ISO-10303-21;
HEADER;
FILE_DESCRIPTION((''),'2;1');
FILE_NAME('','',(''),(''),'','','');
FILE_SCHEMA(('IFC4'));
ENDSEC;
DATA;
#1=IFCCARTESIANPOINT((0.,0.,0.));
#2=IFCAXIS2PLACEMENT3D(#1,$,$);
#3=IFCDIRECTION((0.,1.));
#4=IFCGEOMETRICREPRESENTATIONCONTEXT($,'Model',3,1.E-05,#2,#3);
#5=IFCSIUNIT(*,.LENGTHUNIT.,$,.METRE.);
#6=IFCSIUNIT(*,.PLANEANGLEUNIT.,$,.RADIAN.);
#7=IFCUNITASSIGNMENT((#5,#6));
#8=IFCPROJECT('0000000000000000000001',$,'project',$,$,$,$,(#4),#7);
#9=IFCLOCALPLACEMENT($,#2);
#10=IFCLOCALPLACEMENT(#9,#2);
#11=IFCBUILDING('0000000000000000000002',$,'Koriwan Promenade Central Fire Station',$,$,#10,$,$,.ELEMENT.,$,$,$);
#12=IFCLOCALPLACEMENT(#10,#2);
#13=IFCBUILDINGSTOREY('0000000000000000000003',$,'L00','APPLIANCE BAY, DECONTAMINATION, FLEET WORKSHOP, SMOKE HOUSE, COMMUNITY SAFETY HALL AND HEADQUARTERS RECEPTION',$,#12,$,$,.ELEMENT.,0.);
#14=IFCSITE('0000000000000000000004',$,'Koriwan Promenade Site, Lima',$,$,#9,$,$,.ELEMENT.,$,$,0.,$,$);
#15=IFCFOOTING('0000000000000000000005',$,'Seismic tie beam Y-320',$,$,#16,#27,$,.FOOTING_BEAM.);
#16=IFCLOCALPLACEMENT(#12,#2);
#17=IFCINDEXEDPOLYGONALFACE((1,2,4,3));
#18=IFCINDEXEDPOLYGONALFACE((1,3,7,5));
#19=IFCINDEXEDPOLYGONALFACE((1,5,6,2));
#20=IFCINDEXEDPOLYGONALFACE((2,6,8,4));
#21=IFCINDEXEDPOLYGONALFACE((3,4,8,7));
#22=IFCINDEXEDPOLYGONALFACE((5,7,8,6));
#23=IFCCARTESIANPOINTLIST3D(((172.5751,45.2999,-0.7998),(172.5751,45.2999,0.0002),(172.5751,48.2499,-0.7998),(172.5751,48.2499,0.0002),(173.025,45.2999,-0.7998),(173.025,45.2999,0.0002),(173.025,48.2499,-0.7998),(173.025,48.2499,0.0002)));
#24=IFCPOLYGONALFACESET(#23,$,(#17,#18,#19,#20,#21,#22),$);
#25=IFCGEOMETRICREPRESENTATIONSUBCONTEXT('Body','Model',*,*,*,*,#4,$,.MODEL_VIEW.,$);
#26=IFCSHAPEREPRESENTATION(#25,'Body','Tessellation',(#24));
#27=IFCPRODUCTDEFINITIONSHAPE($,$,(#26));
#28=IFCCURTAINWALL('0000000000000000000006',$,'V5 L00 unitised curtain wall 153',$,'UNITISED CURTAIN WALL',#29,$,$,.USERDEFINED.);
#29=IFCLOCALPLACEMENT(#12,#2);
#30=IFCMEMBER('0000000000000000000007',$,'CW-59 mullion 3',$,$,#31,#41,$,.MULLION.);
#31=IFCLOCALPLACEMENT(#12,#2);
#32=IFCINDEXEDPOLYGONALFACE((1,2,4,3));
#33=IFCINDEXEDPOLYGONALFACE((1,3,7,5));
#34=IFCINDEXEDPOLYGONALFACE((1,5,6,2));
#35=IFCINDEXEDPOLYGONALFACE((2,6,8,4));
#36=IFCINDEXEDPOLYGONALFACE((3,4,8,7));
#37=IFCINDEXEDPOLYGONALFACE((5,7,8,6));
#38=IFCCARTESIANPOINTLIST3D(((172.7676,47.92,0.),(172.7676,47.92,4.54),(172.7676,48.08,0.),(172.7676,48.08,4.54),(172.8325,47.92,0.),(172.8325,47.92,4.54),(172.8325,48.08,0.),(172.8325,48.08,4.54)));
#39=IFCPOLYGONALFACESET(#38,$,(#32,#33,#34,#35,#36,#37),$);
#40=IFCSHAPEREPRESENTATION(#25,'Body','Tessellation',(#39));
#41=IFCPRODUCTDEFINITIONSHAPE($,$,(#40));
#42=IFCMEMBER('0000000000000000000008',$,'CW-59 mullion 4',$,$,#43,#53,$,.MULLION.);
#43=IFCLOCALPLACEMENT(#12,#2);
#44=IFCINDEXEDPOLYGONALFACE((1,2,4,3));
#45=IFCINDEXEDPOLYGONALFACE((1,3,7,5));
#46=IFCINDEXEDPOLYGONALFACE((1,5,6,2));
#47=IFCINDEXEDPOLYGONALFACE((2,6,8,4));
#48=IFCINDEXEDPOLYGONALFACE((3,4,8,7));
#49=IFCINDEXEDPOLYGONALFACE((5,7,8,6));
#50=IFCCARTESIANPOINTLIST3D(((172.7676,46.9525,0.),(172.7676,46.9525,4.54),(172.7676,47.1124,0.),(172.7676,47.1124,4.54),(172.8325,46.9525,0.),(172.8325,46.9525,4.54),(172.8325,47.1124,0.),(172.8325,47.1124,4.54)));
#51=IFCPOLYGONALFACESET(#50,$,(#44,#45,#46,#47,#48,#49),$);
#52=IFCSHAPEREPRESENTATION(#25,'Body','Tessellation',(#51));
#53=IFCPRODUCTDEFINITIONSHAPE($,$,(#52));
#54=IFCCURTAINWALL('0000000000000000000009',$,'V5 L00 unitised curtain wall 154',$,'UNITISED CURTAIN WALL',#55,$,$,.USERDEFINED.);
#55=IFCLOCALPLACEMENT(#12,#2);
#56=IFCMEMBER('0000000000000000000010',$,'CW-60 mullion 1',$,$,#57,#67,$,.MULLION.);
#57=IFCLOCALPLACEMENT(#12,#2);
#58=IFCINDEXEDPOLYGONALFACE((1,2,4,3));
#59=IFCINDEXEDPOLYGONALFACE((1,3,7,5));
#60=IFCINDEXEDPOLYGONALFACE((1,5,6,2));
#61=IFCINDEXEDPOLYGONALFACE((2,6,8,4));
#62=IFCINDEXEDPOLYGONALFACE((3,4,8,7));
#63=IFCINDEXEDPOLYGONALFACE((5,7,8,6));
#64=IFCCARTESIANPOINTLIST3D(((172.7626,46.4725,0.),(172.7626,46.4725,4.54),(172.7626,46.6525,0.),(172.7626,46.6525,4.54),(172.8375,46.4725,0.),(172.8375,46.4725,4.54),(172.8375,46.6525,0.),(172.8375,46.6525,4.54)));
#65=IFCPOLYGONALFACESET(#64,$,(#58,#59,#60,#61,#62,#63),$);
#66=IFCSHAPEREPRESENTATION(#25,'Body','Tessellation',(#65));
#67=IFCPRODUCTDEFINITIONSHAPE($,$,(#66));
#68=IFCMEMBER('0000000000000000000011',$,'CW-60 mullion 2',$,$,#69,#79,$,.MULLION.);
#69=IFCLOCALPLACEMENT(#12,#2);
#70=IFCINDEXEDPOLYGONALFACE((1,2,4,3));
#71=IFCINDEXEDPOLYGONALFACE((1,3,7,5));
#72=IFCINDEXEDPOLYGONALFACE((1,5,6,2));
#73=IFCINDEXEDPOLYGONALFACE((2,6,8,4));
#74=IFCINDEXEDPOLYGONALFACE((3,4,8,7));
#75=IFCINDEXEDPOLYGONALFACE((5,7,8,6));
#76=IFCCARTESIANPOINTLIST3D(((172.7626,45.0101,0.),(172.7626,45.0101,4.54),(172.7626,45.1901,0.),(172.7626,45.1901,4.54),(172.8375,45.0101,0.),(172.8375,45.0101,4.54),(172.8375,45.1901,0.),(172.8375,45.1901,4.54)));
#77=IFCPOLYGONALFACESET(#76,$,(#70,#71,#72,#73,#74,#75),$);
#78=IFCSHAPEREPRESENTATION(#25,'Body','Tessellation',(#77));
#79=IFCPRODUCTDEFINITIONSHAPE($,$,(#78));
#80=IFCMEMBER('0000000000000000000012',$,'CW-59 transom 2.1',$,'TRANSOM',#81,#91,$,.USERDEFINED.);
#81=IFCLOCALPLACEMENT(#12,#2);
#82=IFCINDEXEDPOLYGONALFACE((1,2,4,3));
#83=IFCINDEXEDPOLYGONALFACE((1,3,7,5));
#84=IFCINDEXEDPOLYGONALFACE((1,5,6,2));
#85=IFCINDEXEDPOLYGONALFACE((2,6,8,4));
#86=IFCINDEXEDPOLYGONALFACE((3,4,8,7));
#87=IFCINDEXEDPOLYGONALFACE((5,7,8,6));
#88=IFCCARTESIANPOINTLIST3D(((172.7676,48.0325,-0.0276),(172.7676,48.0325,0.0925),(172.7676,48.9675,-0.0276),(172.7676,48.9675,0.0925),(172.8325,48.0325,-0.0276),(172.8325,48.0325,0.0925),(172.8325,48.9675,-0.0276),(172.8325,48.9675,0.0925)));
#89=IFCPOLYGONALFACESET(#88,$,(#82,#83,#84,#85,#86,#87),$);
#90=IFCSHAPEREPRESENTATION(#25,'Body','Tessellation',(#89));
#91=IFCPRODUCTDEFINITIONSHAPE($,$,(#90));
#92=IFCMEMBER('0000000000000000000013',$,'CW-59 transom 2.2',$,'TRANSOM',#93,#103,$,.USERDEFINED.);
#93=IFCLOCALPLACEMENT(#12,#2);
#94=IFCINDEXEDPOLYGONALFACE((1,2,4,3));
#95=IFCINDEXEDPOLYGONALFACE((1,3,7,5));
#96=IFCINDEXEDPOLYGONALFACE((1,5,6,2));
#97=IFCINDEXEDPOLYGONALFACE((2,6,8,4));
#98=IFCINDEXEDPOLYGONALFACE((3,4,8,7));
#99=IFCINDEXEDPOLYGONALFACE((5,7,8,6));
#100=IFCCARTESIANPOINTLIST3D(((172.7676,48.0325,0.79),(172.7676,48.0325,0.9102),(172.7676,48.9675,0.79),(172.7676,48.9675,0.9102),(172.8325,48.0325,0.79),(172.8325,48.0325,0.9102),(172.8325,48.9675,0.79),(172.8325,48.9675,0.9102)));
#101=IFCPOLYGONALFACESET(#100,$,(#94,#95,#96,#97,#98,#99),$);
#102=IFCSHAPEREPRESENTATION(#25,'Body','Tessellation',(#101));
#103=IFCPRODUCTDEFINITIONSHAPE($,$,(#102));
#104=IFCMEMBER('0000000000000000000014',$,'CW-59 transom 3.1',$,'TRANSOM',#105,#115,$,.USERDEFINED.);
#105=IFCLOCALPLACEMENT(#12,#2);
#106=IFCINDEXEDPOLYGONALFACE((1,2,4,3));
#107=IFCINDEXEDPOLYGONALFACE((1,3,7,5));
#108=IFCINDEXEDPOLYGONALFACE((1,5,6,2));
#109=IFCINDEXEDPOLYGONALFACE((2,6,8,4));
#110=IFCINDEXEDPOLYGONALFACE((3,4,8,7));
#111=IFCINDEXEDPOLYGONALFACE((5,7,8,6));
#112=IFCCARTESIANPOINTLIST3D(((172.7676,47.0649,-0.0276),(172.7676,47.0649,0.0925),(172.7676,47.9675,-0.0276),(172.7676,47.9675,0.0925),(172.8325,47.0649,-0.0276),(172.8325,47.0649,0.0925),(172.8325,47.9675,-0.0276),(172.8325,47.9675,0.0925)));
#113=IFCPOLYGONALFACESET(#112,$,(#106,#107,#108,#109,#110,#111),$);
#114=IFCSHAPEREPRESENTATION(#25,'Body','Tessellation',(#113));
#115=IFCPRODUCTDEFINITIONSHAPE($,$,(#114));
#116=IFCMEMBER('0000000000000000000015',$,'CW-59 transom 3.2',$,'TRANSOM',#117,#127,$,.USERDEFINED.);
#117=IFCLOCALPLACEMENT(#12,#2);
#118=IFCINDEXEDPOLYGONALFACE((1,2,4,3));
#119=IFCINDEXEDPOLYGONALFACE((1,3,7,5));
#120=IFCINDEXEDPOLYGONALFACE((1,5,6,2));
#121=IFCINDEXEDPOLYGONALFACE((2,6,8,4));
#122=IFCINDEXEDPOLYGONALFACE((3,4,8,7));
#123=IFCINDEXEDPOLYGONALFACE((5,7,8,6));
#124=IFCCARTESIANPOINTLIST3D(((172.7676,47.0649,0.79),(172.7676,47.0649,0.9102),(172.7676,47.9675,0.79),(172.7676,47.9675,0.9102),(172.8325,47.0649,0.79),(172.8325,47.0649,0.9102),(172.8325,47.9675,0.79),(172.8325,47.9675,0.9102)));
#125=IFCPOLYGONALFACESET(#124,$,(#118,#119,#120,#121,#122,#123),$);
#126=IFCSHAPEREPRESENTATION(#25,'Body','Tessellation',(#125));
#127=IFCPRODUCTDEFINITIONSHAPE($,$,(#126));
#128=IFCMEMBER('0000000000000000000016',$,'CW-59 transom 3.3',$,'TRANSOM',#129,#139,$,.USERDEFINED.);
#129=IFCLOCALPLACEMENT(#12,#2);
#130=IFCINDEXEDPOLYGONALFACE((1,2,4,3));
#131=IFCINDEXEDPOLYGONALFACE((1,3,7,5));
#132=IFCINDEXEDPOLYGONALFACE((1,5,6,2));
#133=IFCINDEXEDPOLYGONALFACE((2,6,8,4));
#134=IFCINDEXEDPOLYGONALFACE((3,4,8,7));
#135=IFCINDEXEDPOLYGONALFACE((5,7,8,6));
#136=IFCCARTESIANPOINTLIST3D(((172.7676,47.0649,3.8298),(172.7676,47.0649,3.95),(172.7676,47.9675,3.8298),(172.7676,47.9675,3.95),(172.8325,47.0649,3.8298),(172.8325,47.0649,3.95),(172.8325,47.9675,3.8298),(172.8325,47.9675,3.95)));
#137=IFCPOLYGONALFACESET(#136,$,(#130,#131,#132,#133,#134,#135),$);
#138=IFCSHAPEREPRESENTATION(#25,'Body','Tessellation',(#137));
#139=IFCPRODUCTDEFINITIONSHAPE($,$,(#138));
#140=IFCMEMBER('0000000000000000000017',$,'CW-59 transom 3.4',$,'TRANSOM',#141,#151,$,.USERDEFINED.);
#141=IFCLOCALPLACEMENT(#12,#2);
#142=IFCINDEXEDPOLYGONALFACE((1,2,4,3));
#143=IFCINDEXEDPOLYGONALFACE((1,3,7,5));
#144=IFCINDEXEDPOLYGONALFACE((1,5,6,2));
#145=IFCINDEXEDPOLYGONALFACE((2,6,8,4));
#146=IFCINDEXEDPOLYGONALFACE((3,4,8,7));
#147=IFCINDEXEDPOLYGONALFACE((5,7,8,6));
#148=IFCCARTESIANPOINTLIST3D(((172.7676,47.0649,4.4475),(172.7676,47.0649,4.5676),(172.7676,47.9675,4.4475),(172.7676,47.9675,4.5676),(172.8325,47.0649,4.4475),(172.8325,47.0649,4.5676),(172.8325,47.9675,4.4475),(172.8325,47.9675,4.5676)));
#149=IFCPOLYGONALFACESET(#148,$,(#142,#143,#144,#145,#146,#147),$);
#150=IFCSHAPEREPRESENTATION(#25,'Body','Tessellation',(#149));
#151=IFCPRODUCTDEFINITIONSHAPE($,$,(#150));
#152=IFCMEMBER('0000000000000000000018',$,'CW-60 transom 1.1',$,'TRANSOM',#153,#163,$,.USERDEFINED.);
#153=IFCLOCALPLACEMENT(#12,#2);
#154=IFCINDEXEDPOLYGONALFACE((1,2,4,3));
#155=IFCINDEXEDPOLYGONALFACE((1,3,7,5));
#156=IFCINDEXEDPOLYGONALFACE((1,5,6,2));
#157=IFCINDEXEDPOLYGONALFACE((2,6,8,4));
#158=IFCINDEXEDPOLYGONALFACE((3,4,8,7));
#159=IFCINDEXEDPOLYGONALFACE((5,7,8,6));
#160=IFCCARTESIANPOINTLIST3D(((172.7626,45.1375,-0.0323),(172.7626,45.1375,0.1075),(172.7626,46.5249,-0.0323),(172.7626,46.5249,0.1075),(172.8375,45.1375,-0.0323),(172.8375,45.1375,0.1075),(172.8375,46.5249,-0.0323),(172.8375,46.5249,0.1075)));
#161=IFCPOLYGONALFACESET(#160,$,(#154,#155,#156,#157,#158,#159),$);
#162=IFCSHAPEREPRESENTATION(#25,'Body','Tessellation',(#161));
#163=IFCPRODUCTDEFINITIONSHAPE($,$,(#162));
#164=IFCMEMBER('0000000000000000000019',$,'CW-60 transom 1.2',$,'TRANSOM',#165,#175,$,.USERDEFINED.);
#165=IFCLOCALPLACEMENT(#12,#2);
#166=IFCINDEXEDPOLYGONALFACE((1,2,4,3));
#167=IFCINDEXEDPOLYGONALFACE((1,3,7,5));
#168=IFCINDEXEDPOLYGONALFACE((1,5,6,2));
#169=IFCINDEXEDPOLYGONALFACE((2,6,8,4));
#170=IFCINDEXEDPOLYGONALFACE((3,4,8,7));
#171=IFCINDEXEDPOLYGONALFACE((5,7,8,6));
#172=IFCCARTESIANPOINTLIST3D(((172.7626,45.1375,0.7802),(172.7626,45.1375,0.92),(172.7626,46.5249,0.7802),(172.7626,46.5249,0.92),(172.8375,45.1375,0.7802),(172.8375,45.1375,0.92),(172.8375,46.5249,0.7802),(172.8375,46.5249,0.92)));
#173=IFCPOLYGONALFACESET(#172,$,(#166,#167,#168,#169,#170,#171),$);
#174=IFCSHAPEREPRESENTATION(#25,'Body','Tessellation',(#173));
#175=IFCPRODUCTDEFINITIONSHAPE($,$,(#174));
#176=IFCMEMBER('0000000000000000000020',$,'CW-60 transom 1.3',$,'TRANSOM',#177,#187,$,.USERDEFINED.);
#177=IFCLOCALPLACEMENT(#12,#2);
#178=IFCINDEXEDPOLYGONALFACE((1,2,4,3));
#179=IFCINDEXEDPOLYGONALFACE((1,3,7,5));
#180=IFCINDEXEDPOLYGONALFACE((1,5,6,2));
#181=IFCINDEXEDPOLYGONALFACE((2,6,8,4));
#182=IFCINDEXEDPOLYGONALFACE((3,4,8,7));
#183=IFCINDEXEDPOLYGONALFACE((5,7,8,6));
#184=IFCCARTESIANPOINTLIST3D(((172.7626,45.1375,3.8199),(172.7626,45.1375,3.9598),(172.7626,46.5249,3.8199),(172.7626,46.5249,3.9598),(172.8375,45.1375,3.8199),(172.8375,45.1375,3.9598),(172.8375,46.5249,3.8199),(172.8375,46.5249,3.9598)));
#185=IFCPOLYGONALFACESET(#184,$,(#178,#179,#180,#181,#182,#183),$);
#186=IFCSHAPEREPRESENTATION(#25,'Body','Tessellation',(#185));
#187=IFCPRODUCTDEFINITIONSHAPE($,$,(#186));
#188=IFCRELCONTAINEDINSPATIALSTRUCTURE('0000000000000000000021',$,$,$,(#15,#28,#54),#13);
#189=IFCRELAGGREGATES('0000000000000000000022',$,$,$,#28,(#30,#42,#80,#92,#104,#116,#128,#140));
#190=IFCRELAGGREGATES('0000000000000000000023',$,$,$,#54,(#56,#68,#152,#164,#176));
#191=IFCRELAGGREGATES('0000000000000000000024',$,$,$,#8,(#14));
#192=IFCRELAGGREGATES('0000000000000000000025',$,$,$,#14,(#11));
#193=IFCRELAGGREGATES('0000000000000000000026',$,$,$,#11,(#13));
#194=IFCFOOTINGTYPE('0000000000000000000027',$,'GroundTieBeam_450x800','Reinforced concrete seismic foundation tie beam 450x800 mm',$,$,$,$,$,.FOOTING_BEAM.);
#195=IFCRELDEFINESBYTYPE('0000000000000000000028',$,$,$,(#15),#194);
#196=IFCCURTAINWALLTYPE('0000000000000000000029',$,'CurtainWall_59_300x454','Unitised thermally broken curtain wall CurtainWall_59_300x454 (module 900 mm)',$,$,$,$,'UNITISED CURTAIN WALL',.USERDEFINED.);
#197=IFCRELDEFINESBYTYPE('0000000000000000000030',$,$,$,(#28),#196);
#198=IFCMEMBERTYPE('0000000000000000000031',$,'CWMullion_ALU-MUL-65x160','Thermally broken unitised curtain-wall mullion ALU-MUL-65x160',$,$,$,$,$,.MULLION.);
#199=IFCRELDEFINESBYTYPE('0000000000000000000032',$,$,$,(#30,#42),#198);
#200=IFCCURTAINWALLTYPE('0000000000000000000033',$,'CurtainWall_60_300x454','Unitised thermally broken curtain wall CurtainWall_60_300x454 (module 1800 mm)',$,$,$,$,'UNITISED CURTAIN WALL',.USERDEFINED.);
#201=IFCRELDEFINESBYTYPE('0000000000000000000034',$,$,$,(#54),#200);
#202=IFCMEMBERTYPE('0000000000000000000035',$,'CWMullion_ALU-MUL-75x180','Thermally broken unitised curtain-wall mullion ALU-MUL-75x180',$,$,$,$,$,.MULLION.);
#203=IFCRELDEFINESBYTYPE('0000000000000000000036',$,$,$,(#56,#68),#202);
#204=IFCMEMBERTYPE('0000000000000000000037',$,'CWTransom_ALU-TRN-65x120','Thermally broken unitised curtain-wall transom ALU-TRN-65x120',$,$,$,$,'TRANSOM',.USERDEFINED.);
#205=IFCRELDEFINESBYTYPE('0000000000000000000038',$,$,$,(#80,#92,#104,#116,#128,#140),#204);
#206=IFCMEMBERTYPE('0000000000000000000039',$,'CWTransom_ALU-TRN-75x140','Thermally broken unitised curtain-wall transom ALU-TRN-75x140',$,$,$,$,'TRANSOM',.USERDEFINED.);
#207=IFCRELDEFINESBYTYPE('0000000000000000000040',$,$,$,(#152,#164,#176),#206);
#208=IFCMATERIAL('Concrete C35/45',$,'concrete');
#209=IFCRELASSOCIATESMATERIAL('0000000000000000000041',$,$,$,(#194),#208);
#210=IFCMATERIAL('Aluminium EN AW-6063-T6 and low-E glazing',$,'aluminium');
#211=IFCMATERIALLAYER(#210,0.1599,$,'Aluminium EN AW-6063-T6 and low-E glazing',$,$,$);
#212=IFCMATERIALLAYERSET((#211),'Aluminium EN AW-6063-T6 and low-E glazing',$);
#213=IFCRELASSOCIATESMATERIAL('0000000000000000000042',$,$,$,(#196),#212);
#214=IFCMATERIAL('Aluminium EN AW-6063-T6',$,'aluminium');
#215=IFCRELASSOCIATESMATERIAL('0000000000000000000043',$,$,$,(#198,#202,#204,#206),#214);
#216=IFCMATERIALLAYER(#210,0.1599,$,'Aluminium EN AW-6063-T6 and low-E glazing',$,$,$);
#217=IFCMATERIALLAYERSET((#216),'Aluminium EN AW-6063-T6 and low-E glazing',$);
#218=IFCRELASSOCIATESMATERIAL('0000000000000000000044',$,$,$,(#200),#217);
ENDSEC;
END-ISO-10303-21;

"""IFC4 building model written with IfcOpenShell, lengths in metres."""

from ifc_helpers import new_model, si_unit, direction, frame, origin, origin_2d, place, context, subcontext, project, spatial, rectangle, extrude, material, layer, layer_set, material_profile, profile_set, type_object, element, aggregate, save


model = new_model("IFC4")

# Units and contexts
model_context = context("Model", 3, precision=1e-05, world=origin(), true_north=direction((0.0, 1.0)))
body_context = subcontext(model_context, "Body", "Model", "MODEL_VIEW")
ifc_project = project(units=[si_unit("LENGTHUNIT", "METRE"), si_unit("PLANEANGLEUNIT", "RADIAN")], contexts=[model_context])

# Site, building, storey
site_placement = place(None, origin())
site = spatial("IfcSite", under=ifc_project, at=site_placement, Name="Koriwan Promenade Site, Lima", CompositionType="ELEMENT", RefElevation=0.0)
building_placement = place(site_placement, origin())
building = spatial("IfcBuilding", under=site, at=building_placement, Name="Koriwan Promenade Central Fire Station", CompositionType="ELEMENT")
storey_placement = place(building_placement, origin())
storey = spatial("IfcBuildingStorey", under=building, at=storey_placement, Name="L00", Description="APPLIANCE BAY, DECONTAMINATION, FLEET WORKSHOP, SMOKE HOUSE, COMMUNITY SAFETY HALL AND HEADQUARTERS RECEPTION", CompositionType="ELEMENT", Elevation=0.0)

# Footing
ifc_material_1 = material(Name="Concrete C35/45", Category="concrete")
footing_type = type_object("IfcFootingType", Name="GroundTieBeam_450x800", Description="Reinforced concrete seismic foundation tie beam 450x800 mm", PredefinedType="FOOTING_BEAM", material=ifc_material_1)
footing_placement = place(storey_placement, frame((172.8, 46.7749, -0.7998), z_axis=(0.0, 0.0, 1.0), x_axis=(0.0, 1.0, 0.0)))
element("IfcFooting", 1, at=footing_placement, inside=storey, type_object=footing_type, Name="Seismic tie beam Y-320", PredefinedType="FOOTING_BEAM", context=body_context, shape_type="SweptSolid", body=[
    extrude(rectangle(XDim=2.95, YDim=0.45, at=origin_2d()), origin(), (0.0, 0.0, 1.0), 0.8),
])

# Curtain walls, members
ifc_material_2 = material(Name="Aluminium EN AW-6063-T6 and low-E glazing", Category="aluminium")
ifc_layer_1 = layer(ifc_material_2, 0.1599, Name="Aluminium EN AW-6063-T6 and low-E glazing")
ifc_layer_set_1 = layer_set([ifc_layer_1], Name="Aluminium EN AW-6063-T6 and low-E glazing")
curtain_wall_type_1 = type_object("IfcCurtainWallType", Name="CurtainWall_59_300x454", Description="Unitised thermally broken curtain wall CurtainWall_59_300x454 (module 900 mm)", ElementType="UNITISED CURTAIN WALL", PredefinedType="USERDEFINED", material=ifc_layer_set_1)
curtain_wall_1_placement = place(storey_placement, origin())
curtain_wall_1 = element("IfcCurtainWall", 2, at=curtain_wall_1_placement, inside=storey, type_object=curtain_wall_type_1, Name="V5 L00 unitised curtain wall 153", ObjectType="UNITISED CURTAIN WALL", PredefinedType="USERDEFINED")
ifc_material_3 = material(Name="Aluminium EN AW-6063-T6", Category="aluminium")
ifc_material_profile_1 = material_profile(ifc_material_3, rectangle(XDim=0.0649, YDim=0.1599, at=origin_2d()), Name="ALU-MUL-65x160")
ifc_profile_set_1 = profile_set([ifc_material_profile_1], Name="Aluminium EN AW-6063-T6")
member_type_1 = type_object("IfcMemberType", Name="CWMullion_ALU-MUL-65x160", Description="Thermally broken unitised curtain-wall mullion ALU-MUL-65x160", PredefinedType="MULLION", material=ifc_profile_set_1)
member_1_placement = place(storey_placement, frame((172.8, 48.0, 0.0), z_axis=(0.0, 0.0, 1.0), x_axis=(1.0, 0.0, 0.0)))
member_1 = element("IfcMember", 3, at=member_1_placement, type_object=member_type_1, Name="CW-59 mullion 3", PredefinedType="MULLION", context=body_context, shape_type="SweptSolid", body=[
    extrude(rectangle(XDim=0.0649, YDim=0.1599, at=origin_2d()), origin(), (0.0, 0.0, 1.0), 4.54),
])
member_2_placement = place(storey_placement, frame((172.8, 47.0325, 0.0), z_axis=(0.0, 0.0, 1.0), x_axis=(1.0, 0.0, 0.0)))
member_2 = element("IfcMember", 4, at=member_2_placement, type_object=member_type_1, Name="CW-59 mullion 4", PredefinedType="MULLION", context=body_context, shape_type="SweptSolid", body=[
    extrude(rectangle(XDim=0.0649, YDim=0.1599, at=origin_2d()), origin(), (0.0, 0.0, 1.0), 4.54),
])
ifc_layer_2 = layer(ifc_material_2, 0.1599, Name="Aluminium EN AW-6063-T6 and low-E glazing")
ifc_layer_set_2 = layer_set([ifc_layer_2], Name="Aluminium EN AW-6063-T6 and low-E glazing")
curtain_wall_type_2 = type_object("IfcCurtainWallType", Name="CurtainWall_60_300x454", Description="Unitised thermally broken curtain wall CurtainWall_60_300x454 (module 1800 mm)", ElementType="UNITISED CURTAIN WALL", PredefinedType="USERDEFINED", material=ifc_layer_set_2)
curtain_wall_2_placement = place(storey_placement, origin())
curtain_wall_2 = element("IfcCurtainWall", 5, at=curtain_wall_2_placement, inside=storey, type_object=curtain_wall_type_2, Name="V5 L00 unitised curtain wall 154", ObjectType="UNITISED CURTAIN WALL", PredefinedType="USERDEFINED")
ifc_material_profile_2 = material_profile(ifc_material_3, rectangle(XDim=0.075, YDim=0.1799, at=origin_2d()), Name="ALU-MUL-75x180")
ifc_profile_set_2 = profile_set([ifc_material_profile_2], Name="Aluminium EN AW-6063-T6")
member_type_2 = type_object("IfcMemberType", Name="CWMullion_ALU-MUL-75x180", Description="Thermally broken unitised curtain-wall mullion ALU-MUL-75x180", PredefinedType="MULLION", material=ifc_profile_set_2)
member_3_placement = place(storey_placement, frame((172.8, 46.5625, 0.0), z_axis=(0.0, 0.0, 1.0), x_axis=(1.0, 0.0, 0.0)))
member_3 = element("IfcMember", 6, at=member_3_placement, type_object=member_type_2, Name="CW-60 mullion 1", PredefinedType="MULLION", context=body_context, shape_type="SweptSolid", body=[
    extrude(rectangle(XDim=0.075, YDim=0.1799, at=origin_2d()), origin(), (0.0, 0.0, 1.0), 4.54),
])
member_4_placement = place(storey_placement, frame((172.8, 45.1001, 0.0), z_axis=(0.0, 0.0, 1.0), x_axis=(1.0, 0.0, 0.0)))
member_4 = element("IfcMember", 7, at=member_4_placement, type_object=member_type_2, Name="CW-60 mullion 2", PredefinedType="MULLION", context=body_context, shape_type="SweptSolid", body=[
    extrude(rectangle(XDim=0.075, YDim=0.1799, at=origin_2d()), origin(), (0.0, 0.0, 1.0), 4.54),
])

# Members
ifc_material_profile_3 = material_profile(ifc_material_3, rectangle(XDim=0.0649, YDim=0.1201, at=origin_2d()), Name="ALU-TRN-65x120")
ifc_profile_set_3 = profile_set([ifc_material_profile_3], Name="Aluminium EN AW-6063-T6")
member_type_3 = type_object("IfcMemberType", Name="CWTransom_ALU-TRN-65x120", Description="Thermally broken unitised curtain-wall transom ALU-TRN-65x120", ElementType="TRANSOM", PredefinedType="USERDEFINED", material=ifc_profile_set_3)
member_5_placement = place(storey_placement, frame((172.8, 48.9675, 0.0325), z_axis=(0.0, -1.0, 0.0), x_axis=(1.0, 0.0, 0.0)))
member_5 = element("IfcMember", 8, at=member_5_placement, type_object=member_type_3, Name="CW-59 transom 2.1", ObjectType="TRANSOM", PredefinedType="USERDEFINED", context=body_context, shape_type="SweptSolid", body=[
    extrude(rectangle(XDim=0.0649, YDim=0.1201, at=origin_2d()), origin(), (0.0, 0.0, 1.0), 0.9351),
])
member_6_placement = place(storey_placement, frame((172.8, 48.9675, 0.8501), z_axis=(0.0, -1.0, 0.0), x_axis=(1.0, 0.0, 0.0)))
member_6 = element("IfcMember", 9, at=member_6_placement, type_object=member_type_3, Name="CW-59 transom 2.2", ObjectType="TRANSOM", PredefinedType="USERDEFINED", context=body_context, shape_type="SweptSolid", body=[
    extrude(rectangle(XDim=0.0649, YDim=0.1201, at=origin_2d()), origin(), (0.0, 0.0, 1.0), 0.9351),
])
member_7_placement = place(storey_placement, frame((172.8, 47.9675, 0.0325), z_axis=(0.0, -1.0, 0.0), x_axis=(1.0, 0.0, 0.0)))
member_7 = element("IfcMember", 10, at=member_7_placement, type_object=member_type_3, Name="CW-59 transom 3.1", ObjectType="TRANSOM", PredefinedType="USERDEFINED", context=body_context, shape_type="SweptSolid", body=[
    extrude(rectangle(XDim=0.0649, YDim=0.1201, at=origin_2d()), origin(), (0.0, 0.0, 1.0), 0.9026),
])
member_8_placement = place(storey_placement, frame((172.8, 47.9675, 0.8501), z_axis=(0.0, -1.0, 0.0), x_axis=(1.0, 0.0, 0.0)))
member_8 = element("IfcMember", 11, at=member_8_placement, type_object=member_type_3, Name="CW-59 transom 3.2", ObjectType="TRANSOM", PredefinedType="USERDEFINED", context=body_context, shape_type="SweptSolid", body=[
    extrude(rectangle(XDim=0.0649, YDim=0.1201, at=origin_2d()), origin(), (0.0, 0.0, 1.0), 0.9026),
])
member_9_placement = place(storey_placement, frame((172.8, 47.9675, 3.8899), z_axis=(0.0, -1.0, 0.0), x_axis=(1.0, 0.0, 0.0)))
member_9 = element("IfcMember", 12, at=member_9_placement, type_object=member_type_3, Name="CW-59 transom 3.3", ObjectType="TRANSOM", PredefinedType="USERDEFINED", context=body_context, shape_type="SweptSolid", body=[
    extrude(rectangle(XDim=0.0649, YDim=0.1201, at=origin_2d()), origin(), (0.0, 0.0, 1.0), 0.9026),
])
member_10_placement = place(storey_placement, frame((172.8, 47.9675, 4.5076), z_axis=(0.0, -1.0, 0.0), x_axis=(1.0, 0.0, 0.0)))
member_10 = element("IfcMember", 13, at=member_10_placement, type_object=member_type_3, Name="CW-59 transom 3.4", ObjectType="TRANSOM", PredefinedType="USERDEFINED", context=body_context, shape_type="SweptSolid", body=[
    extrude(rectangle(XDim=0.0649, YDim=0.1201, at=origin_2d()), origin(), (0.0, 0.0, 1.0), 0.9026),
])
ifc_material_profile_4 = material_profile(ifc_material_3, rectangle(XDim=0.075, YDim=0.1399, at=origin_2d()), Name="ALU-TRN-75x140")
ifc_profile_set_4 = profile_set([ifc_material_profile_4], Name="Aluminium EN AW-6063-T6")
member_type_4 = type_object("IfcMemberType", Name="CWTransom_ALU-TRN-75x140", Description="Thermally broken unitised curtain-wall transom ALU-TRN-75x140", ElementType="TRANSOM", PredefinedType="USERDEFINED", material=ifc_profile_set_4)
member_11_placement = place(storey_placement, frame((172.8, 46.5249, 0.0376), z_axis=(0.0, -1.0, 0.0), x_axis=(1.0, 0.0, 0.0)))
member_11 = element("IfcMember", 14, at=member_11_placement, type_object=member_type_4, Name="CW-60 transom 1.1", ObjectType="TRANSOM", PredefinedType="USERDEFINED", context=body_context, shape_type="SweptSolid", body=[
    extrude(rectangle(XDim=0.075, YDim=0.1399, at=origin_2d()), origin(), (0.0, 0.0, 1.0), 1.3875),
])
member_12_placement = place(storey_placement, frame((172.8, 46.5249, 0.8501), z_axis=(0.0, -1.0, 0.0), x_axis=(1.0, 0.0, 0.0)))
member_12 = element("IfcMember", 15, at=member_12_placement, type_object=member_type_4, Name="CW-60 transom 1.2", ObjectType="TRANSOM", PredefinedType="USERDEFINED", context=body_context, shape_type="SweptSolid", body=[
    extrude(rectangle(XDim=0.075, YDim=0.1399, at=origin_2d()), origin(), (0.0, 0.0, 1.0), 1.3875),
])
member_13_placement = place(storey_placement, frame((172.8, 46.5249, 3.8899), z_axis=(0.0, -1.0, 0.0), x_axis=(1.0, 0.0, 0.0)))
member_13 = element("IfcMember", 16, at=member_13_placement, type_object=member_type_4, Name="CW-60 transom 1.3", ObjectType="TRANSOM", PredefinedType="USERDEFINED", context=body_context, shape_type="SweptSolid", body=[
    extrude(rectangle(XDim=0.075, YDim=0.1399, at=origin_2d()), origin(), (0.0, 0.0, 1.0), 1.3875),
])

aggregate(curtain_wall_1, [member_1, member_2, member_5, member_6, member_7, member_8, member_9, member_10])
aggregate(curtain_wall_2, [member_3, member_4, member_11, member_12, member_13])

save(model, "model.ifc")
